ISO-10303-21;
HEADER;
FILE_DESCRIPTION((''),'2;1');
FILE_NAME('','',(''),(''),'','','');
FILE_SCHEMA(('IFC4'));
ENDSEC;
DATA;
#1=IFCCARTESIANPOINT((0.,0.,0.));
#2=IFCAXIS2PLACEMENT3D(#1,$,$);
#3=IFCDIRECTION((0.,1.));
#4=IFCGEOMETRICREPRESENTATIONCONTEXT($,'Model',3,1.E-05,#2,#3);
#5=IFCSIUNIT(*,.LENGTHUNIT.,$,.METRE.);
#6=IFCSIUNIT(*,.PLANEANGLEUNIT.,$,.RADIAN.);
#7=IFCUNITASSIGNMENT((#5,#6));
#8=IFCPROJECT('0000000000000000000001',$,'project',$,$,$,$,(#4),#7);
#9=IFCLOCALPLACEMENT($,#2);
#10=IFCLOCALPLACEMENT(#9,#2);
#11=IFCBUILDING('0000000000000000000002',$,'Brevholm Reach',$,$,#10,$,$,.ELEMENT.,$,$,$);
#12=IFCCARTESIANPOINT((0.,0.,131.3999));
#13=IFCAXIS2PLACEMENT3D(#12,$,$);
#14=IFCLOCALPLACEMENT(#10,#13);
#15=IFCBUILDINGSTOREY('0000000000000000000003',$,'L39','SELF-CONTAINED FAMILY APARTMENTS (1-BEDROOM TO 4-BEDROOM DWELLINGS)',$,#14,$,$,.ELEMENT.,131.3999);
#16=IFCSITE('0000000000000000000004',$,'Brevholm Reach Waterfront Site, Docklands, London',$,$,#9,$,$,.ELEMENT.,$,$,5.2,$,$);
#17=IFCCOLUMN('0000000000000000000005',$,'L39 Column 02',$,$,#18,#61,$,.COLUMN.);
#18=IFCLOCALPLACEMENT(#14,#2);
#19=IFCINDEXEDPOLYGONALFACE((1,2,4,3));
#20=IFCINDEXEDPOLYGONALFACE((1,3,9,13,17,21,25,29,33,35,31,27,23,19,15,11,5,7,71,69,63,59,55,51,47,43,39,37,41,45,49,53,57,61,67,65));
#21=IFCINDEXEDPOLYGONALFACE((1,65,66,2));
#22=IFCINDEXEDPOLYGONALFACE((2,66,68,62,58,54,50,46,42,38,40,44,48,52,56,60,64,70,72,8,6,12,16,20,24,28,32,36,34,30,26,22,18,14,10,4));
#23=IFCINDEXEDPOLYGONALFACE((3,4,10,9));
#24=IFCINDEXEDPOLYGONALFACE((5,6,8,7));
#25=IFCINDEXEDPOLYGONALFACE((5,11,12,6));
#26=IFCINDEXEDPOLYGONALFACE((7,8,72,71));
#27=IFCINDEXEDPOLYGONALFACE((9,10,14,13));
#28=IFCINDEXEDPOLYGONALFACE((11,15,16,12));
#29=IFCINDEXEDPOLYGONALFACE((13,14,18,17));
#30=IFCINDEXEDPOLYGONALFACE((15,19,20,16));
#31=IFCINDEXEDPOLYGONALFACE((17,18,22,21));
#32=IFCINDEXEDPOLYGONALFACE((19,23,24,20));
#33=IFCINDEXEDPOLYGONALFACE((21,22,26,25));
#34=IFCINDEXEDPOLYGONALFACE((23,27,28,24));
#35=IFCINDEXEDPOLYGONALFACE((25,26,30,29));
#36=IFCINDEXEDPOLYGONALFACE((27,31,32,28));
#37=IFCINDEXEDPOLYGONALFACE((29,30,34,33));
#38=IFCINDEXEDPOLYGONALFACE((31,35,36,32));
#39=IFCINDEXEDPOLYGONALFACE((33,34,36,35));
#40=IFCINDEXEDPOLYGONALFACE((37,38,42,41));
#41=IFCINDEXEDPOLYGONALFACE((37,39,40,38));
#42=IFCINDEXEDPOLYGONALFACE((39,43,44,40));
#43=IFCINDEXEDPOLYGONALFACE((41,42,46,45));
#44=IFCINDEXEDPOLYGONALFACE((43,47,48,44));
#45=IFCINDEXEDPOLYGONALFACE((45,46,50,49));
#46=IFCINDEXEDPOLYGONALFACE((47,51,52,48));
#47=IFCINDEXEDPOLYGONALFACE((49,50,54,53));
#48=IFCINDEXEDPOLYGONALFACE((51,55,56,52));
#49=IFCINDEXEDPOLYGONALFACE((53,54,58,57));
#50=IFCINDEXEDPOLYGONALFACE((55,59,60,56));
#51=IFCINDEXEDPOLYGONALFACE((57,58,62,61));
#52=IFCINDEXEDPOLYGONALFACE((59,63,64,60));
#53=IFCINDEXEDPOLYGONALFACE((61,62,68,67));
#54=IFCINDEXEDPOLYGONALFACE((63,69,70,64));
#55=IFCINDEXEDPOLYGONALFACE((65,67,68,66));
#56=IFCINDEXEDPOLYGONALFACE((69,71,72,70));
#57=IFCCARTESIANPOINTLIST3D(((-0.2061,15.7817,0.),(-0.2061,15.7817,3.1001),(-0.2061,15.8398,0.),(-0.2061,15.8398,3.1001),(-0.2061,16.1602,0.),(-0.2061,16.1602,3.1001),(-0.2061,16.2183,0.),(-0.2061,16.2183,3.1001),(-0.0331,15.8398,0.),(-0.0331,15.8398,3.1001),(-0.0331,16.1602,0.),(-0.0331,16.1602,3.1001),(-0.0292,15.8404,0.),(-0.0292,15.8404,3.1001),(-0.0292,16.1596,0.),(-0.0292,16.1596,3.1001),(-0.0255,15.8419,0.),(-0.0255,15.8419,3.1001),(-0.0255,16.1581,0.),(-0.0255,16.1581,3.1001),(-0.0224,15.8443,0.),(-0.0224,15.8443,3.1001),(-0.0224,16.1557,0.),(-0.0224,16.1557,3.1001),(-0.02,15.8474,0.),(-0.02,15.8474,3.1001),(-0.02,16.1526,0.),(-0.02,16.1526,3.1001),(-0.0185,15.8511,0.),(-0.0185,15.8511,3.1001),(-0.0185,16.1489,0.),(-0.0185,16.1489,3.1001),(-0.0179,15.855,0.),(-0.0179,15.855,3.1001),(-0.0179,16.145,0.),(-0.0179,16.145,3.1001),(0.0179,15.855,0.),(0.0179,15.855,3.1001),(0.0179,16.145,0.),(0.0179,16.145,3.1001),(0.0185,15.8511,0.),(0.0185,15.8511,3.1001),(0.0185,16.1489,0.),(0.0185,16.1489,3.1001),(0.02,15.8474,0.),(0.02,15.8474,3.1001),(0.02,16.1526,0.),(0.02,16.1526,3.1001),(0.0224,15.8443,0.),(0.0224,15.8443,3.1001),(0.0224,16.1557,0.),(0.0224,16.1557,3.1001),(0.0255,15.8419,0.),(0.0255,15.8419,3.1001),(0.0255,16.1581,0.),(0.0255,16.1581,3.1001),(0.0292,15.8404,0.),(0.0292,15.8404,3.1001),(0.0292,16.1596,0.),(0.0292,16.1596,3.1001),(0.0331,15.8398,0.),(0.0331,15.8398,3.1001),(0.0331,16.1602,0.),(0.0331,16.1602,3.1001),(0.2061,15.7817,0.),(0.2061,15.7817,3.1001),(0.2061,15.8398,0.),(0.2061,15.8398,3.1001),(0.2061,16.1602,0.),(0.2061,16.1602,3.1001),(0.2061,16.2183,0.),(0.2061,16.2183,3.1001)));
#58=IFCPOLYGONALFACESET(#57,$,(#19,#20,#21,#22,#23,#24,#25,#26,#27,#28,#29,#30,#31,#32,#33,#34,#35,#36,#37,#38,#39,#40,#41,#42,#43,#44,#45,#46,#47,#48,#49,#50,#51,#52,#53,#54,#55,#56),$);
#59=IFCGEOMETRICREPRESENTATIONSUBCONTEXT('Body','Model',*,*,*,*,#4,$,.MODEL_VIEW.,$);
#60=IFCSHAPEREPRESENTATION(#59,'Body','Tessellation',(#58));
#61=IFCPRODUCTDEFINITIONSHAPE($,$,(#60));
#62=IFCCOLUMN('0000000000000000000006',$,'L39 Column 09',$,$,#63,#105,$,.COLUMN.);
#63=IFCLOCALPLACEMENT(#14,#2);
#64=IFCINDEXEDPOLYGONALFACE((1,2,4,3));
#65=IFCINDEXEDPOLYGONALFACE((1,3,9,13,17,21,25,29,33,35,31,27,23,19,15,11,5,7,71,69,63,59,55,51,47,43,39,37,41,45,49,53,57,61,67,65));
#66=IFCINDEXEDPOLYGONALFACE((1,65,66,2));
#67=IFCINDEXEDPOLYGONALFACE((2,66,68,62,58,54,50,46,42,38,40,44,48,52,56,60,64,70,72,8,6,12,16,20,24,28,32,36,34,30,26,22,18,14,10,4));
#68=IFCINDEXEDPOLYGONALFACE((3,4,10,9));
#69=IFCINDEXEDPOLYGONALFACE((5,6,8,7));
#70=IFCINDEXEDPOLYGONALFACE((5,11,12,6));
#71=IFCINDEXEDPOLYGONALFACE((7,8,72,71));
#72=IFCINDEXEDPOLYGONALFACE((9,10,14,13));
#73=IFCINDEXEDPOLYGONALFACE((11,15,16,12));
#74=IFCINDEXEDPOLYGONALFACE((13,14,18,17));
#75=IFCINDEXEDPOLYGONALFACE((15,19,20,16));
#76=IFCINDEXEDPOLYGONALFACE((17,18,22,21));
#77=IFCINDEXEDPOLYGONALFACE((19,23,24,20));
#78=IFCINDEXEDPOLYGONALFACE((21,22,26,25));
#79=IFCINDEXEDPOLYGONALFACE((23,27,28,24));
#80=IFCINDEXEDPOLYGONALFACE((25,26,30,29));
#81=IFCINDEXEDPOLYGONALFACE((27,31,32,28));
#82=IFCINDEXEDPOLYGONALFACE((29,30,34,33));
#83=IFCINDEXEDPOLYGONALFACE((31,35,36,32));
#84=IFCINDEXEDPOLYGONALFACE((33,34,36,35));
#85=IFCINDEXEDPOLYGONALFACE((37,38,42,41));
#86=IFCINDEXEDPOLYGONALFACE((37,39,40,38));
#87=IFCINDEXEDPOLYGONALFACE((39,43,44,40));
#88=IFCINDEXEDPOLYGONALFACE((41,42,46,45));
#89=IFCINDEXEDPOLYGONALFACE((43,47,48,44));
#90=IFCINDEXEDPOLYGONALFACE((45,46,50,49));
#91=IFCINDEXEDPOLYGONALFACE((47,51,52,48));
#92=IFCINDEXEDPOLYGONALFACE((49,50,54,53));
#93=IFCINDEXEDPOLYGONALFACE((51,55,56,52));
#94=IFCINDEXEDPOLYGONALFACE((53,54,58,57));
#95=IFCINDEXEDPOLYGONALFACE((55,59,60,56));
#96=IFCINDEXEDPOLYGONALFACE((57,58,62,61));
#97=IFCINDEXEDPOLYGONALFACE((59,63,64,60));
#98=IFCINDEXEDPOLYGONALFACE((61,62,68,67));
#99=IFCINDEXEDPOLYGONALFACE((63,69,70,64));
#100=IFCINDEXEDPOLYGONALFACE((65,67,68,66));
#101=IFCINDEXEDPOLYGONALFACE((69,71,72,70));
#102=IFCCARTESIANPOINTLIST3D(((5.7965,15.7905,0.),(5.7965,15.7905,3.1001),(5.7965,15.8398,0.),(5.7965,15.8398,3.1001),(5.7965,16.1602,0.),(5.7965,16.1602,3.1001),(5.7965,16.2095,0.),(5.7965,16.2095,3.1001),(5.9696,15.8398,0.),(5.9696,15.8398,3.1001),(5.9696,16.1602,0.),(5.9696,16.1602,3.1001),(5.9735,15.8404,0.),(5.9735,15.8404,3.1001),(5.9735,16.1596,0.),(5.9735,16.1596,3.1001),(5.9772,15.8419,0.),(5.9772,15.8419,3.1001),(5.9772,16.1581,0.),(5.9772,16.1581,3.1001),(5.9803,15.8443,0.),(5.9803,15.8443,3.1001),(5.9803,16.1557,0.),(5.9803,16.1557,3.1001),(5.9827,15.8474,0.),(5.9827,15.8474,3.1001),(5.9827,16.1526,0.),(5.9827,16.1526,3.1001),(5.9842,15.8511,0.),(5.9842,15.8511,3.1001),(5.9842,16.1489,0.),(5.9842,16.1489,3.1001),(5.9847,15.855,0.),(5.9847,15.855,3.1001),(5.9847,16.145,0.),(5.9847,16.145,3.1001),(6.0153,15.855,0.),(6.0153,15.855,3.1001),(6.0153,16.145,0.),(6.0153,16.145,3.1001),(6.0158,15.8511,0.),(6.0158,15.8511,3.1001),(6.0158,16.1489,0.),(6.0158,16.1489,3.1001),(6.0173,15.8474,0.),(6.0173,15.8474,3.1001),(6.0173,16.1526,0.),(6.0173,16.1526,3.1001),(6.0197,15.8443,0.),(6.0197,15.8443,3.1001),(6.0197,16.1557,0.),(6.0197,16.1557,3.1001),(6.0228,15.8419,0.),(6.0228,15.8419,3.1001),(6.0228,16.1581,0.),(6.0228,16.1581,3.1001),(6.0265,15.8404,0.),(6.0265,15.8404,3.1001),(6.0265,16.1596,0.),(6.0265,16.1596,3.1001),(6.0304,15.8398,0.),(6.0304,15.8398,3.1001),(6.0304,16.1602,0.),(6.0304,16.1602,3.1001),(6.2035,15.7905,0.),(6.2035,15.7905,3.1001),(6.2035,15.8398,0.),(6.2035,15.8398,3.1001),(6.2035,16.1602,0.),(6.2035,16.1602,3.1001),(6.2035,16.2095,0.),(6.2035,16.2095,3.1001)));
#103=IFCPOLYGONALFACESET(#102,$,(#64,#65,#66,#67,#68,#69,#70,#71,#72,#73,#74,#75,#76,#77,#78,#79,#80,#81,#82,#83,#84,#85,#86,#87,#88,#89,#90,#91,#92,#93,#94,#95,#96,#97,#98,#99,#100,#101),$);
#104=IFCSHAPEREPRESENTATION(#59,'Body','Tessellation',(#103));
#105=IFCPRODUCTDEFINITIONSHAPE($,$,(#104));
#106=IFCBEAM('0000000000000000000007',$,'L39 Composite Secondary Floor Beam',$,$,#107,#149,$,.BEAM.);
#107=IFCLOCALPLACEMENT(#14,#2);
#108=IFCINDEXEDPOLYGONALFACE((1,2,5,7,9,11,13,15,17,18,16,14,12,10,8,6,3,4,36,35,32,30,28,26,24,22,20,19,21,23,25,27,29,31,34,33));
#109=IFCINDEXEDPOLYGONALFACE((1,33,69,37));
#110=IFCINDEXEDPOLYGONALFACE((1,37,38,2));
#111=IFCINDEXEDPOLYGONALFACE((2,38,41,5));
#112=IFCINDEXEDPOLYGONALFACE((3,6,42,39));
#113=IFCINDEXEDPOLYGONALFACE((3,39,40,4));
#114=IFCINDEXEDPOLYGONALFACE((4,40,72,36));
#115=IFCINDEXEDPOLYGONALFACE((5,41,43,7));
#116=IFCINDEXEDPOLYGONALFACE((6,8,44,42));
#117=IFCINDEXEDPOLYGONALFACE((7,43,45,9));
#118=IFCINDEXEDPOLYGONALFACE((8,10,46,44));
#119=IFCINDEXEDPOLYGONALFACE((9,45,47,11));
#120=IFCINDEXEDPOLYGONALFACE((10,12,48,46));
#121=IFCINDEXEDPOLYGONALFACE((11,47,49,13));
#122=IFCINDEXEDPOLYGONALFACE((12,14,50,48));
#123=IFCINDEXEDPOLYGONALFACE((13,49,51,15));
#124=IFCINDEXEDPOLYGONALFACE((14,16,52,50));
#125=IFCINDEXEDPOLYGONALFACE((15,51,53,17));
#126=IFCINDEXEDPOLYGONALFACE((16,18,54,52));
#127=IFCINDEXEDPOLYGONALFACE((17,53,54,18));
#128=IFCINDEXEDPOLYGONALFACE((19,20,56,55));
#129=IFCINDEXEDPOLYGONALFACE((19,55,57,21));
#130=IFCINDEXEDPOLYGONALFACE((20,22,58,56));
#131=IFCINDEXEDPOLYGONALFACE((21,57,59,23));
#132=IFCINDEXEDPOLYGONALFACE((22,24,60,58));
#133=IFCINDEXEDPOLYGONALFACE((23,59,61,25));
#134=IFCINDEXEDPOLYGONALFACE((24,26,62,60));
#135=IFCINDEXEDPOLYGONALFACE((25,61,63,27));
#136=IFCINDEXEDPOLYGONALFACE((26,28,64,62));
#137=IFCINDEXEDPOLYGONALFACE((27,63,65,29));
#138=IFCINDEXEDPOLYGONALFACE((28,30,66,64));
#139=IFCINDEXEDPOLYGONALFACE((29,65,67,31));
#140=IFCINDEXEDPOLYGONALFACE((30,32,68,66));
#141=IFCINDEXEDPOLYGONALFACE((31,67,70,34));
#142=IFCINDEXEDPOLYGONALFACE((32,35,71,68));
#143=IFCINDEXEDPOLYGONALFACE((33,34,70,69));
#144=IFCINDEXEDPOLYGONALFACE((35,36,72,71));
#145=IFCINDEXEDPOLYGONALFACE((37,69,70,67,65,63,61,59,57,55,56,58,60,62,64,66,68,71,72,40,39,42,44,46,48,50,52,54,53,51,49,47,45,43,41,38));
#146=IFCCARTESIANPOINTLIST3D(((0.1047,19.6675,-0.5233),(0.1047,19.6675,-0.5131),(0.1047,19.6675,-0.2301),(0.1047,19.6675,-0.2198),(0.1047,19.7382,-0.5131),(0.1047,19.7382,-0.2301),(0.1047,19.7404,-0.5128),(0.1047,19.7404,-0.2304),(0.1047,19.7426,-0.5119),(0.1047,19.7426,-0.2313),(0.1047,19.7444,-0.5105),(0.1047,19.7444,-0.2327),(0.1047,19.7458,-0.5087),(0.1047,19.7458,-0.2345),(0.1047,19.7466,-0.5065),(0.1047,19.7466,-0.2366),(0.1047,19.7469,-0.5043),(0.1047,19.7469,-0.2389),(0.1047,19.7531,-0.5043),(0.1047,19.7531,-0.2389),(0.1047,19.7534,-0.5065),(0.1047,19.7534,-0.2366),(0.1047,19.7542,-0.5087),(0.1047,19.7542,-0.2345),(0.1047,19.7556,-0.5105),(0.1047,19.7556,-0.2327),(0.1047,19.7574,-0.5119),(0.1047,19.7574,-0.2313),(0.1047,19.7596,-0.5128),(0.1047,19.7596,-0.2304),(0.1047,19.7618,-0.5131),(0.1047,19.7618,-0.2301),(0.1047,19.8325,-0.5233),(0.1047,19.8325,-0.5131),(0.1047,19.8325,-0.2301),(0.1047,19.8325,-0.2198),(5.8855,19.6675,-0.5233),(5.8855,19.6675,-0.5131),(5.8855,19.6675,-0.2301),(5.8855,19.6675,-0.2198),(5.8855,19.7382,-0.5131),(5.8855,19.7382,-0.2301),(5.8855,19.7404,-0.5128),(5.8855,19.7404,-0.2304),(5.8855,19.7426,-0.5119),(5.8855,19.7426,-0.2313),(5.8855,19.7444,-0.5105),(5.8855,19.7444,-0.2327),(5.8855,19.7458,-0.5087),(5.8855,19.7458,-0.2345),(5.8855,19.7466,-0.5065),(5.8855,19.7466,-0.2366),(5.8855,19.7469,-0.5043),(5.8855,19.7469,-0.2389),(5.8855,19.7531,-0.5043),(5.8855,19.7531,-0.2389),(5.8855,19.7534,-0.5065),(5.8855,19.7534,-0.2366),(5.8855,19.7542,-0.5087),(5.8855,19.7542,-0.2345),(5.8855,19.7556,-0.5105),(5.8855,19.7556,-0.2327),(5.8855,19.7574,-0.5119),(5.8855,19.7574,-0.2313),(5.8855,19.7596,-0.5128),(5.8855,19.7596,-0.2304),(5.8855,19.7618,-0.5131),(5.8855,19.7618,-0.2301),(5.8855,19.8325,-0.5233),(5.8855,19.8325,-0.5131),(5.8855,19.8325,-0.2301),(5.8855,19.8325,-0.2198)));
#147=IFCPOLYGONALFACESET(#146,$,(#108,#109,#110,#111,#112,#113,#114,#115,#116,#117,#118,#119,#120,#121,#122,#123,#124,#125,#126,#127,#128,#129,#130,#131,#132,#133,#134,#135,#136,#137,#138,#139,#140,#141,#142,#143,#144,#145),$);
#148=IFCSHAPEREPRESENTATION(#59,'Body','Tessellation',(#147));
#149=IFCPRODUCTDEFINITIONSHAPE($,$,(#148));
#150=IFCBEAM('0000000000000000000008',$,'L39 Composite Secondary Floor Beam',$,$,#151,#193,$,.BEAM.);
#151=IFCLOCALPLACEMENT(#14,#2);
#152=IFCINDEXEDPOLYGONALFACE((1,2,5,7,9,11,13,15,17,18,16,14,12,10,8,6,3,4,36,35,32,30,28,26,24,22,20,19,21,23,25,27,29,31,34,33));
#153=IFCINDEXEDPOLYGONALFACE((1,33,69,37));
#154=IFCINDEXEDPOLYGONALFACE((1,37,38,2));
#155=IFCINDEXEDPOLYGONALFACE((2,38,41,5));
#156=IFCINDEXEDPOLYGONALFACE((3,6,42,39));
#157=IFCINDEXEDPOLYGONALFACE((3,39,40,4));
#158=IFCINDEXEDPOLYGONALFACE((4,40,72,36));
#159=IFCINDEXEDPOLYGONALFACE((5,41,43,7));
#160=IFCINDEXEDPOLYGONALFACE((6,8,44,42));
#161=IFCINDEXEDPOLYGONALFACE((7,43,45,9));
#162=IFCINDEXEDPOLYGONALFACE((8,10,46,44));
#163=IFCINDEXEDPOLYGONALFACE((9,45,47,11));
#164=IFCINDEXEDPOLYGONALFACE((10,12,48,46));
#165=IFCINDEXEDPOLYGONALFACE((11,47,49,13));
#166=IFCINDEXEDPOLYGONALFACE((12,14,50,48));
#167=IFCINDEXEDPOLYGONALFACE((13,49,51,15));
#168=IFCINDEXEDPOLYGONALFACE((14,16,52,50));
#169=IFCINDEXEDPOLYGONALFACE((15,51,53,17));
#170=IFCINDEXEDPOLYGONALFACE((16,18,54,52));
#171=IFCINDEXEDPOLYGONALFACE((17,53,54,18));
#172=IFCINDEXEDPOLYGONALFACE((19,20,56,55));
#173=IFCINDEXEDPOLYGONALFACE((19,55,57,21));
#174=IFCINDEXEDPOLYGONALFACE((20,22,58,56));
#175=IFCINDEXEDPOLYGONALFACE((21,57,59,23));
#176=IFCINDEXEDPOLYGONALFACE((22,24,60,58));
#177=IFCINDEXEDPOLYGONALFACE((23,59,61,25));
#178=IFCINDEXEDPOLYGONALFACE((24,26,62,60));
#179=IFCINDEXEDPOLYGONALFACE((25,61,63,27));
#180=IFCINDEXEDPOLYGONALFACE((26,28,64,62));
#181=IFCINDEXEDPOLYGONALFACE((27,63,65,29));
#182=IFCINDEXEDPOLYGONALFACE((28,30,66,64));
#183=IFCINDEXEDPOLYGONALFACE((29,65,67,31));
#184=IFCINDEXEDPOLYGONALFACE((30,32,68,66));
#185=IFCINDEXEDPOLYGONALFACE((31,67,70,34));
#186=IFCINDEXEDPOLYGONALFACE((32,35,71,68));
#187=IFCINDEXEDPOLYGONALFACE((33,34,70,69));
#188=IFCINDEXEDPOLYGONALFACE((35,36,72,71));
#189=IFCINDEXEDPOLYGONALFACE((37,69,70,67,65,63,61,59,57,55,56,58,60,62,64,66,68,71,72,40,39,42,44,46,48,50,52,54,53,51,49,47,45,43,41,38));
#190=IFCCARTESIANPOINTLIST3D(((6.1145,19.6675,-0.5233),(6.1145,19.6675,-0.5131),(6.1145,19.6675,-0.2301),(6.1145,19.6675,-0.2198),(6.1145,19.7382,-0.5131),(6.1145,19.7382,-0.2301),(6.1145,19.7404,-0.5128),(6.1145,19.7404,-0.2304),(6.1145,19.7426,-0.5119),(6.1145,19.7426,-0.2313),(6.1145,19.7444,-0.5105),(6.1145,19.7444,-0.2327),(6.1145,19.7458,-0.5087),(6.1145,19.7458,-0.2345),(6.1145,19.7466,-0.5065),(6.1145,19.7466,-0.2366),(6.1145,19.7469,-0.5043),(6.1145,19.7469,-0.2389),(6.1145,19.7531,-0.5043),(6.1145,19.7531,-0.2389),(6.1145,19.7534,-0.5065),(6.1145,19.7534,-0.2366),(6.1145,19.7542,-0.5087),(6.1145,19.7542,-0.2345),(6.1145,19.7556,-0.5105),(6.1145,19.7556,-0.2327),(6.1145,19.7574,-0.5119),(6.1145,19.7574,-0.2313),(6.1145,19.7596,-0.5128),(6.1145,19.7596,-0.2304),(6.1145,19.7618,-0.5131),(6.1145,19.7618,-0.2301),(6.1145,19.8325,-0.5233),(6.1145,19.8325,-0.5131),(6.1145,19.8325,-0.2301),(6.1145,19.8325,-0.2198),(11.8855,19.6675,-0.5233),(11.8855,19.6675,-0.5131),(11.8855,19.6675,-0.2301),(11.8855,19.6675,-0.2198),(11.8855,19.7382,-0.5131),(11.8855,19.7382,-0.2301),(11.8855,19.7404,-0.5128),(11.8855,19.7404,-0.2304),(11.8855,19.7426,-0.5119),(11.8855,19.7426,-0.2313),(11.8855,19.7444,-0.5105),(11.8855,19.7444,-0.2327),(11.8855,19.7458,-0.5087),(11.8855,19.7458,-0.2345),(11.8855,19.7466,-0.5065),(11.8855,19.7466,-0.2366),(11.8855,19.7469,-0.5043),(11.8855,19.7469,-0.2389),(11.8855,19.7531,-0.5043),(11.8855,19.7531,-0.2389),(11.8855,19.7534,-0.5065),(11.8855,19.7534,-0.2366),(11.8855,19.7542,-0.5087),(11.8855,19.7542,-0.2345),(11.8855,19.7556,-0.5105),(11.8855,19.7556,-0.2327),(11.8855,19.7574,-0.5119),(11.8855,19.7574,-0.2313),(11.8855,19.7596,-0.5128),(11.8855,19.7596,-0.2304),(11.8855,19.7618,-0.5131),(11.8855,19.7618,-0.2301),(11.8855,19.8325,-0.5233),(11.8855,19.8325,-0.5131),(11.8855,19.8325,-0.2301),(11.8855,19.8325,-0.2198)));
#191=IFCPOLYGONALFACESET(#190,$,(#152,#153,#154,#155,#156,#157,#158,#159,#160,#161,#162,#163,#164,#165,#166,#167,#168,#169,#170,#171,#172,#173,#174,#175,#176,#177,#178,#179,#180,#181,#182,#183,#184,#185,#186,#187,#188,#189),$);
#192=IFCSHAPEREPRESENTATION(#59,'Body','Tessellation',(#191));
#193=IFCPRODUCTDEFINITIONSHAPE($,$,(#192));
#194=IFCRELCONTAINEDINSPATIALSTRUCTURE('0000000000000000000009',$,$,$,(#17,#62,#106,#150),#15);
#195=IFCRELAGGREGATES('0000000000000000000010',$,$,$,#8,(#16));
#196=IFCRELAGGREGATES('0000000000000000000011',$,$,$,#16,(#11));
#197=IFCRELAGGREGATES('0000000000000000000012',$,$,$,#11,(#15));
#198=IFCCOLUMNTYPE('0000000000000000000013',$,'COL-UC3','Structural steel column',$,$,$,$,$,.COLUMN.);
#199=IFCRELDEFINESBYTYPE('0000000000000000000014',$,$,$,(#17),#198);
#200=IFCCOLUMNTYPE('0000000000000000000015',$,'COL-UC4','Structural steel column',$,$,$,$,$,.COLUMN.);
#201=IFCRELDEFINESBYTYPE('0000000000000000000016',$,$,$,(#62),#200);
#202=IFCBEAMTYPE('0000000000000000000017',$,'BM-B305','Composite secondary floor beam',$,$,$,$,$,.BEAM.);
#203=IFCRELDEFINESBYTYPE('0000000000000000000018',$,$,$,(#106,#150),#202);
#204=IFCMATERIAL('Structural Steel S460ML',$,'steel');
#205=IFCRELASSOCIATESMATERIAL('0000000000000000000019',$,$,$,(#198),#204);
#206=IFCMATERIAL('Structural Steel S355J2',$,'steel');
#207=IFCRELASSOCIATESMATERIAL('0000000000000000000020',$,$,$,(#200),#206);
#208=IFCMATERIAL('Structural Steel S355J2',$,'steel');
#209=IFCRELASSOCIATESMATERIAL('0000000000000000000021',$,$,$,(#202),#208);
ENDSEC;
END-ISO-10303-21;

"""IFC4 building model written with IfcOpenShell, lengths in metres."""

from ifc_helpers import new_model, si_unit, direction, frame, origin, origin_2d, place, context, subcontext, project, spatial, i_section, extrude, material, material_profile, profile_set, type_object, element, save


model = new_model("IFC4")

# Units and contexts
model_context = context("Model", 3, precision=1e-05, world=origin(), true_north=direction((0.0, 1.0)))
body_context = subcontext(model_context, "Body", "Model", "MODEL_VIEW")
ifc_project = project(units=[si_unit("LENGTHUNIT", "METRE"), si_unit("PLANEANGLEUNIT", "RADIAN")], contexts=[model_context])

# Site, building, storey
site_placement = place(None, origin())
site = spatial("IfcSite", under=ifc_project, at=site_placement, Name="Brevholm Reach Waterfront Site, Docklands, London", CompositionType="ELEMENT", RefElevation=5.2)
building_placement = place(site_placement, origin())
building = spatial("IfcBuilding", under=site, at=building_placement, Name="Brevholm Reach", CompositionType="ELEMENT")
storey_placement = place(building_placement, frame((0.0, 0.0, 131.3999)))
storey = spatial("IfcBuildingStorey", under=building, at=storey_placement, Name="L39", Description="SELF-CONTAINED FAMILY APARTMENTS (1-BEDROOM TO 4-BEDROOM DWELLINGS)", CompositionType="ELEMENT", Elevation=131.3999)

# Columns
ifc_material_1 = material(Name="Structural Steel S460ML", Category="steel")
ifc_material_profile_1 = material_profile(ifc_material_1, i_section(OverallWidth=0.4121, OverallDepth=0.4365, WebThickness=0.0359, FlangeThickness=0.0581, FilletRadius=0.0151, at=origin_2d()), Name="UKC 356x406x467")
ifc_profile_set_1 = profile_set([ifc_material_profile_1], Name="Structural Steel S460ML")
column_type_1 = type_object("IfcColumnType", Name="COL-UC3", Description="Structural steel column", PredefinedType="COLUMN", material=ifc_profile_set_1)
column_1_placement = place(storey_placement, frame((0.0, 16.0, 0.0), z_axis=(0.0, 0.0, 1.0), x_axis=(1.0, 0.0, 0.0)))
element("IfcColumn", 1, at=column_1_placement, inside=storey, type_object=column_type_1, Name="L39 Column 02", PredefinedType="COLUMN", context=body_context, shape_type="SweptSolid", body=[
    extrude(i_section(OverallWidth=0.4121, OverallDepth=0.4365, WebThickness=0.0359, FlangeThickness=0.0581, FilletRadius=0.0151, at=origin_2d()), origin(), (0.0, 0.0, 1.0), 3.1001),
])
ifc_material_2 = material(Name="Structural Steel S355J2", Category="steel")
ifc_material_profile_2 = material_profile(ifc_material_2, i_section(OverallWidth=0.407, OverallDepth=0.4189, WebThickness=0.0305, FlangeThickness=0.0493, FilletRadius=0.0151, at=origin_2d()), Name="UKC 356x406x393")
ifc_profile_set_2 = profile_set([ifc_material_profile_2], Name="Structural Steel S355J2")
column_type_2 = type_object("IfcColumnType", Name="COL-UC4", Description="Structural steel column", PredefinedType="COLUMN", material=ifc_profile_set_2)
column_2_placement = place(storey_placement, frame((6.0, 16.0, 0.0), z_axis=(0.0, 0.0, 1.0), x_axis=(1.0, 0.0, 0.0)))
element("IfcColumn", 2, at=column_2_placement, inside=storey, type_object=column_type_2, Name="L39 Column 09", PredefinedType="COLUMN", context=body_context, shape_type="SweptSolid", body=[
    extrude(i_section(OverallWidth=0.407, OverallDepth=0.4189, WebThickness=0.0305, FlangeThickness=0.0493, FilletRadius=0.0151, at=origin_2d()), origin(), (0.0, 0.0, 1.0), 3.1001),
])

# Beams
ifc_material_3 = material(Name="Structural Steel S355J2", Category="steel")
ifc_material_profile_3 = material_profile(ifc_material_3, i_section(OverallWidth=0.165, OverallDepth=0.3035, WebThickness=0.0061, FlangeThickness=0.0103, FilletRadius=0.0088, at=origin_2d()), Name="UKB 305x165x40")
ifc_profile_set_3 = profile_set([ifc_material_profile_3], Name="Structural Steel S355J2")
beam_type_1 = type_object("IfcBeamType", Name="BM-B305", Description="Composite secondary floor beam", PredefinedType="BEAM", material=ifc_profile_set_3)
beam_1_placement = place(storey_placement, frame((0.1047, 19.75, -0.3716), z_axis=(1.0, 0.0, 0.0), x_axis=(0.0, 1.0, 0.0)))
element("IfcBeam", 3, at=beam_1_placement, inside=storey, type_object=beam_type_1, Name="L39 Composite Secondary Floor Beam", PredefinedType="BEAM", context=body_context, shape_type="SweptSolid", body=[
    extrude(i_section(OverallWidth=0.165, OverallDepth=0.3035, WebThickness=0.0061, FlangeThickness=0.0103, FilletRadius=0.0088, at=origin_2d()), origin(), (0.0, 0.0, 1.0), 5.7808),
])
beam_2_placement = place(storey_placement, frame((6.1145, 19.75, -0.3716), z_axis=(1.0, 0.0, 0.0), x_axis=(0.0, 1.0, 0.0)))
element("IfcBeam", 4, at=beam_2_placement, inside=storey, type_object=beam_type_1, Name="L39 Composite Secondary Floor Beam", PredefinedType="BEAM", context=body_context, shape_type="SweptSolid", body=[
    extrude(i_section(OverallWidth=0.165, OverallDepth=0.3035, WebThickness=0.0061, FlangeThickness=0.0103, FilletRadius=0.0088, at=origin_2d()), origin(), (0.0, 0.0, 1.0), 5.771),
])

save(model, "model.ifc")
